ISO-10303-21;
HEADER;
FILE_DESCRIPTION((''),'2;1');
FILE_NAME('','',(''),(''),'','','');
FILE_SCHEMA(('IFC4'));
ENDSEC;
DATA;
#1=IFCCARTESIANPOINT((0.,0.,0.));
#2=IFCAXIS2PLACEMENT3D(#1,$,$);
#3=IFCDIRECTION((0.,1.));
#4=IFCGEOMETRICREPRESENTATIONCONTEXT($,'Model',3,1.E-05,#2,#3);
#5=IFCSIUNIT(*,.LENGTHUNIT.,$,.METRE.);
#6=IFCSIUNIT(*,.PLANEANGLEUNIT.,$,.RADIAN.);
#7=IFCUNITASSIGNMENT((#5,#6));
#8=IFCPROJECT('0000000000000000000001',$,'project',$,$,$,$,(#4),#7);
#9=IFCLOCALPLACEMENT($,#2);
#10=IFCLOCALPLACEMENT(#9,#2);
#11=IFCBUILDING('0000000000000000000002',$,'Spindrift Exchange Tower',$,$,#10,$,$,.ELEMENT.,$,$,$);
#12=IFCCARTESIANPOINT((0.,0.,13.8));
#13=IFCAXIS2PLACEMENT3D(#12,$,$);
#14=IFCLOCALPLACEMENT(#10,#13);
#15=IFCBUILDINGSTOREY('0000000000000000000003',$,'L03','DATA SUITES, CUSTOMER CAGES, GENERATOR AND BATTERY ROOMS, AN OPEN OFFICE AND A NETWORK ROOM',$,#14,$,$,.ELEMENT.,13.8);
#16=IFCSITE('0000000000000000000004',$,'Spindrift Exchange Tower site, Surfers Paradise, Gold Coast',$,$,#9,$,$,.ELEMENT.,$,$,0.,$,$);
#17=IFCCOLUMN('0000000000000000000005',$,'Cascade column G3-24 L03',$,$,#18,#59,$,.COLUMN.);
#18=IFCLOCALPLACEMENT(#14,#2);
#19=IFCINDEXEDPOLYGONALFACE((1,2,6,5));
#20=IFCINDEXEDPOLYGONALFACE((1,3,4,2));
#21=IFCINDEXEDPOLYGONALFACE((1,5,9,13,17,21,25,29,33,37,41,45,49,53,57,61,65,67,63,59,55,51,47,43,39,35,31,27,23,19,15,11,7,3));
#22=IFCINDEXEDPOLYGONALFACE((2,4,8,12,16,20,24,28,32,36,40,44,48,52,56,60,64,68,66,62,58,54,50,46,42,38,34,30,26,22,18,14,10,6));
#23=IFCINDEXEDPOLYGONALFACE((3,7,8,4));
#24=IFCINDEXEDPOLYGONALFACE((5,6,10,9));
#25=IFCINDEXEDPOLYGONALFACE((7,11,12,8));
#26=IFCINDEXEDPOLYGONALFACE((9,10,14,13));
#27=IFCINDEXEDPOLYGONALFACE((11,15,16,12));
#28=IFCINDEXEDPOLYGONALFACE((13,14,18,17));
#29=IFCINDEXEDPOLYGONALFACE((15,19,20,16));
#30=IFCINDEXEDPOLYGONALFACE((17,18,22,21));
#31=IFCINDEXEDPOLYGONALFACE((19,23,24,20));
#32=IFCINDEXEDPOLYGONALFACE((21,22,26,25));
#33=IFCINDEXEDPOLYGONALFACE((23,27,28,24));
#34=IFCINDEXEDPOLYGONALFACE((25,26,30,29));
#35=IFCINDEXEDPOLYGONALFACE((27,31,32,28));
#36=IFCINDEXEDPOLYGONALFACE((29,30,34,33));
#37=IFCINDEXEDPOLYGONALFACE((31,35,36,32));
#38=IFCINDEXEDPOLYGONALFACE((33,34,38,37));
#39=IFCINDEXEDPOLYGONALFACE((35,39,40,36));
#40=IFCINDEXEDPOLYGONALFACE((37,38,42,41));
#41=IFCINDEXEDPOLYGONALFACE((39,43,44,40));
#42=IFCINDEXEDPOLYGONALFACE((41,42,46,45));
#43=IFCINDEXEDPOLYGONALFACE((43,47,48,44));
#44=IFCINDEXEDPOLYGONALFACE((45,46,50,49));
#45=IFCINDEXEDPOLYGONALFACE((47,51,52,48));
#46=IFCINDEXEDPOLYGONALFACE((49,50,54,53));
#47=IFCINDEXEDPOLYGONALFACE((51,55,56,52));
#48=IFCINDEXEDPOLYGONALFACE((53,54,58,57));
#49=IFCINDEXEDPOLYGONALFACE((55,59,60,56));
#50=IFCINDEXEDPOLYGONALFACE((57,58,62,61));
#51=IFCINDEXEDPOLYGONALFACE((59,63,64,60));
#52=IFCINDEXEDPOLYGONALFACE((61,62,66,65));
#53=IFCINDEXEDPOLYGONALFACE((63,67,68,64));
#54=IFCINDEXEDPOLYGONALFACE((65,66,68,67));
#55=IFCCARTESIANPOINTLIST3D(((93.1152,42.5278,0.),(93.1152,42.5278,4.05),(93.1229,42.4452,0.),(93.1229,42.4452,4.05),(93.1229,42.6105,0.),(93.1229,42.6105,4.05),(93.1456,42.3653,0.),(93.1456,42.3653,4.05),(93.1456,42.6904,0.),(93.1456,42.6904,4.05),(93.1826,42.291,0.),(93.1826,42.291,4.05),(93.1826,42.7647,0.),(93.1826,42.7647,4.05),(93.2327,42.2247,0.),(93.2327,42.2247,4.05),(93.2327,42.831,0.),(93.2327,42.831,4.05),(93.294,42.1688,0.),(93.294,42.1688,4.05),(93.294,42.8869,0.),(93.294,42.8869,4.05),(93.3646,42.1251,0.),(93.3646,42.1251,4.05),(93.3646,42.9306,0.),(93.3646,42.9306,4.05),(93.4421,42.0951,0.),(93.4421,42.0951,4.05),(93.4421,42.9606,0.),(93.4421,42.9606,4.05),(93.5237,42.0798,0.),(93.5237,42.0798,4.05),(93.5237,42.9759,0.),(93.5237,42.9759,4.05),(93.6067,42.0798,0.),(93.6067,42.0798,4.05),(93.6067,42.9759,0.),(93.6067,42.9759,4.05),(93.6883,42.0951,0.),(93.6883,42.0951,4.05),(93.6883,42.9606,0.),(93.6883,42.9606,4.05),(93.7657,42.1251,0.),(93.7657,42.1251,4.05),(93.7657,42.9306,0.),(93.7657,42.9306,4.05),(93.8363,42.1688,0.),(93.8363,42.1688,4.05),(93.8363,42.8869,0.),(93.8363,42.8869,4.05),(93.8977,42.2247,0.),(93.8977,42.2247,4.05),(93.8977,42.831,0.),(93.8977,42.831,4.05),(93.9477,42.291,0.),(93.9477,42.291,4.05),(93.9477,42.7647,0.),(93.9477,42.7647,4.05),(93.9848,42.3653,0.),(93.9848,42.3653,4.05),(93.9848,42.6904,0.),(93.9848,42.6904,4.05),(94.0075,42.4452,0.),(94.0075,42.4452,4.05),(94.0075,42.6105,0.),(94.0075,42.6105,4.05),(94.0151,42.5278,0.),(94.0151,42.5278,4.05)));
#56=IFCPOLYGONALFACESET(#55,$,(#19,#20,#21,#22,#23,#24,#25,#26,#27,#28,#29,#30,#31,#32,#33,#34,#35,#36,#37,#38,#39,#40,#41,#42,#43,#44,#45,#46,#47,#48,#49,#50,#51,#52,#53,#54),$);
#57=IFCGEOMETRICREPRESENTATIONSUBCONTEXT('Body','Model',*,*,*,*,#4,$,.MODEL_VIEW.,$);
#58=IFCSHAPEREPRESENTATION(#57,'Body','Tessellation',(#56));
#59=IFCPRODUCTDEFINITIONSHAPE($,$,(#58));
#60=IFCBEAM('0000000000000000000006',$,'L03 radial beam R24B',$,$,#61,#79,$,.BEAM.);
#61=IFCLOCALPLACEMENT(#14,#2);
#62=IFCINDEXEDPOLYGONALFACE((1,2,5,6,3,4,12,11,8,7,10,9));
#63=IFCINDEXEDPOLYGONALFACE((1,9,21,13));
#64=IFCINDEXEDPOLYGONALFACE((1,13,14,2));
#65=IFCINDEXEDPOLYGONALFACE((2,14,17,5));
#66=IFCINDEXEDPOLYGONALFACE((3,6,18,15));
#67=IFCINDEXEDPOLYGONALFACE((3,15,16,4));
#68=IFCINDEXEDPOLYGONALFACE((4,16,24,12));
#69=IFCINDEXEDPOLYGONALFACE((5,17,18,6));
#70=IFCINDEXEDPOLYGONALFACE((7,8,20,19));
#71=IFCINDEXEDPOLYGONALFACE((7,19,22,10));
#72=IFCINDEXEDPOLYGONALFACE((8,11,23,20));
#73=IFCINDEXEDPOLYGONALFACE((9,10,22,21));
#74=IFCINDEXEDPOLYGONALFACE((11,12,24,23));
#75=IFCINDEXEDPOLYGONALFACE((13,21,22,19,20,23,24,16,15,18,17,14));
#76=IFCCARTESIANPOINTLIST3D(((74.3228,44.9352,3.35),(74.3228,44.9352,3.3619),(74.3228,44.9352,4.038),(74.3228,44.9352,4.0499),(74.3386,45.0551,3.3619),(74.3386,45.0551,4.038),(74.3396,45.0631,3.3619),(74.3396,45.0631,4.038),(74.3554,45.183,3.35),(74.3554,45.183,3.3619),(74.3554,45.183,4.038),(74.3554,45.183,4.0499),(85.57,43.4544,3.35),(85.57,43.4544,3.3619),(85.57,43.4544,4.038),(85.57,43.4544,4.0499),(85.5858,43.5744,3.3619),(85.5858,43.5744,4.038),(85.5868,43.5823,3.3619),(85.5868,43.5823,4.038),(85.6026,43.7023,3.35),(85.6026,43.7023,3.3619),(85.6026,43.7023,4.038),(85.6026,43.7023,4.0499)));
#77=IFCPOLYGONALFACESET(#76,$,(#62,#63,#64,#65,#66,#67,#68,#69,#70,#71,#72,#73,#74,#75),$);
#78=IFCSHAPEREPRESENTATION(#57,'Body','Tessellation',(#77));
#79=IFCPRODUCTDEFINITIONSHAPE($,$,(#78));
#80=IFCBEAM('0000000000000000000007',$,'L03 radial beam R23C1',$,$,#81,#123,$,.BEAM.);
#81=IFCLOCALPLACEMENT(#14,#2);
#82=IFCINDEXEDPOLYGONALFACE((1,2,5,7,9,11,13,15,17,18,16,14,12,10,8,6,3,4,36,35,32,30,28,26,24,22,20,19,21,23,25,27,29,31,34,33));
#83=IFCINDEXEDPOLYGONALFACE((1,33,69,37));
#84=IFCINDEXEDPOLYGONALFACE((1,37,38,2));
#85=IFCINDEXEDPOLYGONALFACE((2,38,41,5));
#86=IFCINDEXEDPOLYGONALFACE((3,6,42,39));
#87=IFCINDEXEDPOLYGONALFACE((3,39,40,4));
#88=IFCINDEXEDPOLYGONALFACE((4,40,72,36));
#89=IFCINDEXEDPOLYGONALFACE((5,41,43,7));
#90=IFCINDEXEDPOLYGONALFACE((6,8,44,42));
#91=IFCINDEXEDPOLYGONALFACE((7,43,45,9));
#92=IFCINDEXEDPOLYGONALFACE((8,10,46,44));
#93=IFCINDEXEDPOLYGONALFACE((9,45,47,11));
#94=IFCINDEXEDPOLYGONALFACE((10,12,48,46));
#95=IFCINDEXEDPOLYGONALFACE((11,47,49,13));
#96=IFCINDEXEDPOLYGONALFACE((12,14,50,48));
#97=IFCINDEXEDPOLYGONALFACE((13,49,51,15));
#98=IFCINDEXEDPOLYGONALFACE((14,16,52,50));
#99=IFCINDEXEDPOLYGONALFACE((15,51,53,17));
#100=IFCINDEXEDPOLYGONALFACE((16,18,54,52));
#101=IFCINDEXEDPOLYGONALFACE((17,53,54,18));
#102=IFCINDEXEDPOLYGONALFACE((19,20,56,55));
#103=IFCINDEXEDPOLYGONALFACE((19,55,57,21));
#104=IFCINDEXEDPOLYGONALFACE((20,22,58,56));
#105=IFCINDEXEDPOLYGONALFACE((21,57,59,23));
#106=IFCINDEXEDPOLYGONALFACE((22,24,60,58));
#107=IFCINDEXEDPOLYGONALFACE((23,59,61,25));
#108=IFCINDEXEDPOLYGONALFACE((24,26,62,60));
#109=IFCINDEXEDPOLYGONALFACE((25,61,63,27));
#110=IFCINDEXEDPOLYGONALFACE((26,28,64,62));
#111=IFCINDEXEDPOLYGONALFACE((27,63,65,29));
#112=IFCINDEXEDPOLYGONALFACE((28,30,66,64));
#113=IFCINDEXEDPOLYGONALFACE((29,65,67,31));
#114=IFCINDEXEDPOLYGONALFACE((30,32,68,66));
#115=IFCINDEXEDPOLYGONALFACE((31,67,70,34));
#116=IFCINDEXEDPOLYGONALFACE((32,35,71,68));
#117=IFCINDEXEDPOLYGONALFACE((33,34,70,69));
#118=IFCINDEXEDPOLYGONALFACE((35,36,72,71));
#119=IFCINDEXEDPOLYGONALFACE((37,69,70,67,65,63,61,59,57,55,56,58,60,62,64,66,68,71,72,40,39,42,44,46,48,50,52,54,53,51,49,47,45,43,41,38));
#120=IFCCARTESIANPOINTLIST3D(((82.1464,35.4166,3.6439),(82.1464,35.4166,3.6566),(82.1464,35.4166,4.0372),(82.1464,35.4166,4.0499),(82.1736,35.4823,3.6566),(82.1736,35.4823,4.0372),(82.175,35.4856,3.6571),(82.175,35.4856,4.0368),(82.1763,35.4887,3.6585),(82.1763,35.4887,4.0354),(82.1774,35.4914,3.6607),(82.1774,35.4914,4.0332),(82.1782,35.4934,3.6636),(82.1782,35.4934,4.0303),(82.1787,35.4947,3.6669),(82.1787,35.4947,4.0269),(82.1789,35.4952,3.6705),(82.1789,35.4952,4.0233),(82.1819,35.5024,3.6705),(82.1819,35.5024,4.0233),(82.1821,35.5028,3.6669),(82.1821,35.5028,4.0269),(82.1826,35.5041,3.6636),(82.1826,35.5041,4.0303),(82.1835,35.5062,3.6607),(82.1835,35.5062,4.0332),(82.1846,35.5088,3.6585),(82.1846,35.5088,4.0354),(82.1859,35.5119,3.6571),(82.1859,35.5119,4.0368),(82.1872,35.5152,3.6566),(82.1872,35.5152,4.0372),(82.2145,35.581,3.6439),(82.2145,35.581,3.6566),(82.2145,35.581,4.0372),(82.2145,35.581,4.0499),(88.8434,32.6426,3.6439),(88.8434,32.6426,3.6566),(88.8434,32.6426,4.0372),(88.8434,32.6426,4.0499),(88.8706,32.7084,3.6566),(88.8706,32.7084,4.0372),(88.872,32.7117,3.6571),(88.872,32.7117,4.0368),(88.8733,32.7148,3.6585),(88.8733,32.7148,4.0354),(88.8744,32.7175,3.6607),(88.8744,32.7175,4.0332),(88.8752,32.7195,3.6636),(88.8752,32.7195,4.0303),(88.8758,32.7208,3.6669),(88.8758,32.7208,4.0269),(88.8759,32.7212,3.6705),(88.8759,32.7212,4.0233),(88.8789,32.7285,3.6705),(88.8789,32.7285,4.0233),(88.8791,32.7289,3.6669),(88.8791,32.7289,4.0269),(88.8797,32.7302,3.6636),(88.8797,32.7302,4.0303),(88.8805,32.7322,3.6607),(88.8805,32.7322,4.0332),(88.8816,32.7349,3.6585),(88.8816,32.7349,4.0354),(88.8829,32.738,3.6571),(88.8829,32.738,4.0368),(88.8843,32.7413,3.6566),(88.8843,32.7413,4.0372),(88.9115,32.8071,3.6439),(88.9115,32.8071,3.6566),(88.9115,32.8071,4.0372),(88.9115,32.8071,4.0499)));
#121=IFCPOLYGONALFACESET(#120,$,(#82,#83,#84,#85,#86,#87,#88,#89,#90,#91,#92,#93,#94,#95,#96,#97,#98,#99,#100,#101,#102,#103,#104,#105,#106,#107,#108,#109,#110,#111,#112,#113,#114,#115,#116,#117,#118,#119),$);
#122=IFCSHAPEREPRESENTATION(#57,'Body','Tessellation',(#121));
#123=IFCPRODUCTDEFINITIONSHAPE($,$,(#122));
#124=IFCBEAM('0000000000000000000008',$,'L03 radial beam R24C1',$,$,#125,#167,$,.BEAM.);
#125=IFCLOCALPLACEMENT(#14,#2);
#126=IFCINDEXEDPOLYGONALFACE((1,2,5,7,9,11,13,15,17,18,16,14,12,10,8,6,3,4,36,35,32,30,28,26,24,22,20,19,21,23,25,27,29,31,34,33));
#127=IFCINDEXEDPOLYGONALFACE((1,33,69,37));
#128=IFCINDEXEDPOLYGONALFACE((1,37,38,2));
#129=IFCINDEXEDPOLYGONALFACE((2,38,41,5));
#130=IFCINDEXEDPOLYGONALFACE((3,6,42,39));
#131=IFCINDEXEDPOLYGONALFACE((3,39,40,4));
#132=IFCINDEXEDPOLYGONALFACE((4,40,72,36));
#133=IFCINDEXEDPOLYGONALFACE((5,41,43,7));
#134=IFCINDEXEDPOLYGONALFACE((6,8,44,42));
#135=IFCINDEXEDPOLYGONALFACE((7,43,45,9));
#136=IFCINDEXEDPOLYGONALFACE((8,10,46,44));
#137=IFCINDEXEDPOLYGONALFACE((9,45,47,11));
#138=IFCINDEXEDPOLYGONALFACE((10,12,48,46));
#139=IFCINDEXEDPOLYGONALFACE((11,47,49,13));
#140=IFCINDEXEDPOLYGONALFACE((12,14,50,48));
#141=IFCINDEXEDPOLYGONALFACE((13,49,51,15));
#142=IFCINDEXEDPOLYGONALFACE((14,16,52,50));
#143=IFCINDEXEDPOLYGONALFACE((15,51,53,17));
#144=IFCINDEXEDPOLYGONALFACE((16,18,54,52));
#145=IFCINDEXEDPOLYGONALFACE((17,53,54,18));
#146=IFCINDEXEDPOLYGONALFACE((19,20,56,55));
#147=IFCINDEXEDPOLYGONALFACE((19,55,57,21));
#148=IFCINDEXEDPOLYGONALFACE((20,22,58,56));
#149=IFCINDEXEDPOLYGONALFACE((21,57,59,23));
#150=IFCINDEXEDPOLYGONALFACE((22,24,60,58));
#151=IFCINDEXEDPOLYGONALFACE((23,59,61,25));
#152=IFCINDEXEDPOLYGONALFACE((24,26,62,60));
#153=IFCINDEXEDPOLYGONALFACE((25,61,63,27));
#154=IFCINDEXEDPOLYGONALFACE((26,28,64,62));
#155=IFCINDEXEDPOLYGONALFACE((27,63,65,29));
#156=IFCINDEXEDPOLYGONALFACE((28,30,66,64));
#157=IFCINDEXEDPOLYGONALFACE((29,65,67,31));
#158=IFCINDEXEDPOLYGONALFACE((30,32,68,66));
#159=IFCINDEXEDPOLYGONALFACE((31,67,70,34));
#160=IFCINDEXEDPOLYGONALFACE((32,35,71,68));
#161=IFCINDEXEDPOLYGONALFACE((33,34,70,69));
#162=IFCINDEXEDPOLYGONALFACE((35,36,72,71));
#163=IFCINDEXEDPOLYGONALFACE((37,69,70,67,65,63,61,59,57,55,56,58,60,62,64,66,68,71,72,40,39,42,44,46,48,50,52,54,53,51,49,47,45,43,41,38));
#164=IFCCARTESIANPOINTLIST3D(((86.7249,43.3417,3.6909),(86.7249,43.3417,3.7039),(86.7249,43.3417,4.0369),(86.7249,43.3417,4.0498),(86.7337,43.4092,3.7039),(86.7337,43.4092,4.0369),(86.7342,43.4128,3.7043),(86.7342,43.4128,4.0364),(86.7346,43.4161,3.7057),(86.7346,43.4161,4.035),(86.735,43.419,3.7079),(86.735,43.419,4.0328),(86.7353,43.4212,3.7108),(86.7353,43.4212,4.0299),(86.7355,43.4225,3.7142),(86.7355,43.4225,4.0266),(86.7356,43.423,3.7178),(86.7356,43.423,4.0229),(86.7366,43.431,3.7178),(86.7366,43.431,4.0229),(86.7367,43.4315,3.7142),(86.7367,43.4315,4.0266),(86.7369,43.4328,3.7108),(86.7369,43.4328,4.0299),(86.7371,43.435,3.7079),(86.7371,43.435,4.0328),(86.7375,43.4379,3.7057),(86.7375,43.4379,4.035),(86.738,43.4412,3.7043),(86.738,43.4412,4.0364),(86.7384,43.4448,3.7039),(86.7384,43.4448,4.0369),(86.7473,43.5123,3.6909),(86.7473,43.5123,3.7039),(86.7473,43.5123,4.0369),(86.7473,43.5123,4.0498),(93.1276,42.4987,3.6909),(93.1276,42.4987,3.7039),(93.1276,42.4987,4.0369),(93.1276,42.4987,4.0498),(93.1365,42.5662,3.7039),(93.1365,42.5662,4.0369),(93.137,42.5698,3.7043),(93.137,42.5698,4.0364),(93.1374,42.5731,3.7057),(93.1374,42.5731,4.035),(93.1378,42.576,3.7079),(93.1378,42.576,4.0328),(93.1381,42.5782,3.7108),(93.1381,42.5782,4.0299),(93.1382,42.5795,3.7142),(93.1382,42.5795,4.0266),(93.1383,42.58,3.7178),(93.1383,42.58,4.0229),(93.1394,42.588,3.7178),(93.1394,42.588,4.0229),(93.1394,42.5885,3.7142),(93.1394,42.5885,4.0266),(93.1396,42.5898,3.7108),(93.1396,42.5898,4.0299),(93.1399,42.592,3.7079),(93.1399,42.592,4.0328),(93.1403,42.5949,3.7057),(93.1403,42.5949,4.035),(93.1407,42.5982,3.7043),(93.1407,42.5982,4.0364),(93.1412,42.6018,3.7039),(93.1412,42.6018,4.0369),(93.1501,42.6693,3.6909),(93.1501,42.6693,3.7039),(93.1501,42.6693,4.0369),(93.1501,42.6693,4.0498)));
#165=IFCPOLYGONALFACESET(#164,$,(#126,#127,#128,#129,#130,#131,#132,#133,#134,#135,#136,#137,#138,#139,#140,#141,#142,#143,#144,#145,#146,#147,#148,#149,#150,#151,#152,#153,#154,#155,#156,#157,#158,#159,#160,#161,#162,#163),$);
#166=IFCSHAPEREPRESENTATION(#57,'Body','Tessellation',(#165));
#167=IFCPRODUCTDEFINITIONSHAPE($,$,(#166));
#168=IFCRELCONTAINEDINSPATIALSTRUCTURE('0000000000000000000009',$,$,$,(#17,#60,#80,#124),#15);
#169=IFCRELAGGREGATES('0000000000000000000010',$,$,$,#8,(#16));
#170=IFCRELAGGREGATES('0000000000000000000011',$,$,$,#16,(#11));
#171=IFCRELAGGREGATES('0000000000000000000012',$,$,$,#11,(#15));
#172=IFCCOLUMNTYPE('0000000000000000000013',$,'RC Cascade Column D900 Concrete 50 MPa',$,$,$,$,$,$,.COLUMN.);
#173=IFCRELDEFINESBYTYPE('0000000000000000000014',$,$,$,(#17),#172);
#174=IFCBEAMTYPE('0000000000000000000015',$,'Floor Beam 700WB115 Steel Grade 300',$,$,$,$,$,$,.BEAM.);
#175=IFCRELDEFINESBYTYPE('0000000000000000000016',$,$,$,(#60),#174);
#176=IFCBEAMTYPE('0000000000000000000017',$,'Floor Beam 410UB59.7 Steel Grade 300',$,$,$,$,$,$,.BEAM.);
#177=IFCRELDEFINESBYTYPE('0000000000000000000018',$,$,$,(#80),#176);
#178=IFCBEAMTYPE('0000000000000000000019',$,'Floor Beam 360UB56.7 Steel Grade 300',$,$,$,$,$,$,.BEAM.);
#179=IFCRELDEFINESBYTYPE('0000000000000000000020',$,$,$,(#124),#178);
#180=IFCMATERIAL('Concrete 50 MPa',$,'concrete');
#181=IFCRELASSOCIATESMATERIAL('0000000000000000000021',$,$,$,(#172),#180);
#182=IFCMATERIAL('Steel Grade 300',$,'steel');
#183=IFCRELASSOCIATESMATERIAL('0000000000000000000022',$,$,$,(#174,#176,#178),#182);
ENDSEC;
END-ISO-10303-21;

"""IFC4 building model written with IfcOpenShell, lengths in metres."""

from ifc_helpers import new_model, si_unit, direction, frame, origin, origin_2d, place, context, subcontext, project, spatial, circle, i_section, extrude, source, transform, mapped, material, material_profile, profile_set, type_object, element, save


model = new_model("IFC4")

# Units and contexts
model_context = context("Model", 3, precision=1e-05, world=origin(), true_north=direction((0.0, 1.0)))
body_context = subcontext(model_context, "Body", "Model", "MODEL_VIEW")
ifc_project = project(units=[si_unit("LENGTHUNIT", "METRE"), si_unit("PLANEANGLEUNIT", "RADIAN")], contexts=[model_context])

# Site, building, storey
site_placement = place(None, origin())
site = spatial("IfcSite", under=ifc_project, at=site_placement, Name="Spindrift Exchange Tower site, Surfers Paradise, Gold Coast", CompositionType="ELEMENT", RefElevation=0.0)
building_placement = place(site_placement, origin())
building = spatial("IfcBuilding", under=site, at=building_placement, Name="Spindrift Exchange Tower", CompositionType="ELEMENT")
storey_placement = place(building_placement, frame((0.0, 0.0, 13.8)))
storey = spatial("IfcBuildingStorey", under=building, at=storey_placement, Name="L03", Description="DATA SUITES, CUSTOMER CAGES, GENERATOR AND BATTERY ROOMS, AN OPEN OFFICE AND A NETWORK ROOM", CompositionType="ELEMENT", Elevation=13.8)

# Column
ifc_material_1 = material(Name="Concrete 50 MPa", Category="concrete")
ifc_material_profile_1 = material_profile(ifc_material_1, circle(Radius=0.45, at=origin_2d()), Name="RC D900")
ifc_profile_set_1 = profile_set([ifc_material_profile_1], Name="Concrete 50 MPa")
column_type_1 = type_object("IfcColumnType", Name="RC Cascade Column D900 Concrete 50 MPa", PredefinedType="COLUMN", material=ifc_profile_set_1)
shared_shape_1 = source(origin(), body_context, "Body", "SweptSolid", [
    extrude(circle(Radius=0.45, at=origin_2d()), origin(), (0.0, 0.0, 1.0), 4.05),
])
column_1_placement = place(storey_placement, frame((93.5652, 42.5278, 0.0), z_axis=(0.0, 0.0, 1.0), x_axis=(1.0, 0.0, 0.0)))
element("IfcColumn", 1, at=column_1_placement, inside=storey, type_object=column_type_1, Name="Cascade column G3-24 L03", PredefinedType="COLUMN", context=body_context, shape_type="MappedRepresentation", body=[
    mapped(shared_shape_1, transform((0.0, 0.0, 0.0), scale=1.0)),
])

# Beams
ifc_material_2 = material(Name="Steel Grade 300", Category="steel")
ifc_material_profile_2 = material_profile(ifc_material_2, i_section(OverallWidth=0.25, OverallDepth=0.7, WebThickness=0.0081, FlangeThickness=0.012, at=origin_2d()), Name="700WB115")
ifc_profile_set_2 = profile_set([ifc_material_profile_2], Name="Steel Grade 300")
beam_type_1 = type_object("IfcBeamType", Name="Floor Beam 700WB115 Steel Grade 300", PredefinedType="BEAM", material=ifc_profile_set_2)
shared_shape_2 = source(origin(), body_context, "Body", "SweptSolid", [
    extrude(i_section(OverallWidth=0.25, OverallDepth=0.7, WebThickness=0.0081, FlangeThickness=0.012, at=origin_2d()), origin(), (0.0, 0.0, 1.0), 11.3442),
])
beam_1_placement = place(storey_placement, frame((74.3391, 45.0591, 3.7), z_axis=(0.991445, -0.130527, 0.0), x_axis=(0.130527, 0.991445, 0.0)))
element("IfcBeam", 2, at=beam_1_placement, inside=storey, type_object=beam_type_1, Name="L03 radial beam R24B", PredefinedType="BEAM", context=body_context, shape_type="MappedRepresentation", body=[
    mapped(shared_shape_2, transform((0.0, 0.0, 0.0), scale=1.0)),
])
ifc_material_profile_3 = material_profile(ifc_material_2, i_section(OverallWidth=0.178, OverallDepth=0.406, WebThickness=0.0078, FlangeThickness=0.0127, FilletRadius=0.0139, at=origin_2d()), Name="410UB59.7")
ifc_profile_set_3 = profile_set([ifc_material_profile_3], Name="Steel Grade 300")
beam_type_2 = type_object("IfcBeamType", Name="Floor Beam 410UB59.7 Steel Grade 300", PredefinedType="BEAM", material=ifc_profile_set_3)
shared_shape_3 = source(origin(), body_context, "Body", "SweptSolid", [
    extrude(i_section(OverallWidth=0.178, OverallDepth=0.406, WebThickness=0.0078, FlangeThickness=0.0127, FilletRadius=0.0139, at=origin_2d()), origin(), (0.0, 0.0, 1.0), 7.2488),
])
beam_2_placement = place(storey_placement, frame((82.1804, 35.4988, 3.8469), z_axis=(0.923883, -0.382675, 0.0), x_axis=(0.382675, 0.923883, 0.0)))
element("IfcBeam", 3, at=beam_2_placement, inside=storey, type_object=beam_type_2, Name="L03 radial beam R23C1", PredefinedType="BEAM", context=body_context, shape_type="MappedRepresentation", body=[
    mapped(shared_shape_3, transform((0.0, 0.0, 0.0), scale=1.0)),
])
ifc_material_profile_4 = material_profile(ifc_material_2, i_section(OverallWidth=0.1721, OverallDepth=0.3589, WebThickness=0.0081, FlangeThickness=0.0129, FilletRadius=0.0139, at=origin_2d()), Name="360UB56.7")
ifc_profile_set_4 = profile_set([ifc_material_profile_4], Name="Steel Grade 300")
beam_type_3 = type_object("IfcBeamType", Name="Floor Beam 360UB56.7 Steel Grade 300", PredefinedType="BEAM", material=ifc_profile_set_4)
shared_shape_4 = source(origin(), body_context, "Body", "SweptSolid", [
    extrude(i_section(OverallWidth=0.1721, OverallDepth=0.3589, WebThickness=0.0081, FlangeThickness=0.0129, FilletRadius=0.0139, at=origin_2d()), origin(), (0.0, 0.0, 1.0), 6.458),
])
beam_3_placement = place(storey_placement, frame((86.7361, 43.427, 3.8704), z_axis=(0.991443, -0.130537, 0.0), x_axis=(0.130537, 0.991443, 0.0)))
element("IfcBeam", 4, at=beam_3_placement, inside=storey, type_object=beam_type_3, Name="L03 radial beam R24C1", PredefinedType="BEAM", context=body_context, shape_type="MappedRepresentation", body=[
    mapped(shared_shape_4, transform((0.0, 0.0, 0.0), scale=1.0)),
])

save(model, "model.ifc")
